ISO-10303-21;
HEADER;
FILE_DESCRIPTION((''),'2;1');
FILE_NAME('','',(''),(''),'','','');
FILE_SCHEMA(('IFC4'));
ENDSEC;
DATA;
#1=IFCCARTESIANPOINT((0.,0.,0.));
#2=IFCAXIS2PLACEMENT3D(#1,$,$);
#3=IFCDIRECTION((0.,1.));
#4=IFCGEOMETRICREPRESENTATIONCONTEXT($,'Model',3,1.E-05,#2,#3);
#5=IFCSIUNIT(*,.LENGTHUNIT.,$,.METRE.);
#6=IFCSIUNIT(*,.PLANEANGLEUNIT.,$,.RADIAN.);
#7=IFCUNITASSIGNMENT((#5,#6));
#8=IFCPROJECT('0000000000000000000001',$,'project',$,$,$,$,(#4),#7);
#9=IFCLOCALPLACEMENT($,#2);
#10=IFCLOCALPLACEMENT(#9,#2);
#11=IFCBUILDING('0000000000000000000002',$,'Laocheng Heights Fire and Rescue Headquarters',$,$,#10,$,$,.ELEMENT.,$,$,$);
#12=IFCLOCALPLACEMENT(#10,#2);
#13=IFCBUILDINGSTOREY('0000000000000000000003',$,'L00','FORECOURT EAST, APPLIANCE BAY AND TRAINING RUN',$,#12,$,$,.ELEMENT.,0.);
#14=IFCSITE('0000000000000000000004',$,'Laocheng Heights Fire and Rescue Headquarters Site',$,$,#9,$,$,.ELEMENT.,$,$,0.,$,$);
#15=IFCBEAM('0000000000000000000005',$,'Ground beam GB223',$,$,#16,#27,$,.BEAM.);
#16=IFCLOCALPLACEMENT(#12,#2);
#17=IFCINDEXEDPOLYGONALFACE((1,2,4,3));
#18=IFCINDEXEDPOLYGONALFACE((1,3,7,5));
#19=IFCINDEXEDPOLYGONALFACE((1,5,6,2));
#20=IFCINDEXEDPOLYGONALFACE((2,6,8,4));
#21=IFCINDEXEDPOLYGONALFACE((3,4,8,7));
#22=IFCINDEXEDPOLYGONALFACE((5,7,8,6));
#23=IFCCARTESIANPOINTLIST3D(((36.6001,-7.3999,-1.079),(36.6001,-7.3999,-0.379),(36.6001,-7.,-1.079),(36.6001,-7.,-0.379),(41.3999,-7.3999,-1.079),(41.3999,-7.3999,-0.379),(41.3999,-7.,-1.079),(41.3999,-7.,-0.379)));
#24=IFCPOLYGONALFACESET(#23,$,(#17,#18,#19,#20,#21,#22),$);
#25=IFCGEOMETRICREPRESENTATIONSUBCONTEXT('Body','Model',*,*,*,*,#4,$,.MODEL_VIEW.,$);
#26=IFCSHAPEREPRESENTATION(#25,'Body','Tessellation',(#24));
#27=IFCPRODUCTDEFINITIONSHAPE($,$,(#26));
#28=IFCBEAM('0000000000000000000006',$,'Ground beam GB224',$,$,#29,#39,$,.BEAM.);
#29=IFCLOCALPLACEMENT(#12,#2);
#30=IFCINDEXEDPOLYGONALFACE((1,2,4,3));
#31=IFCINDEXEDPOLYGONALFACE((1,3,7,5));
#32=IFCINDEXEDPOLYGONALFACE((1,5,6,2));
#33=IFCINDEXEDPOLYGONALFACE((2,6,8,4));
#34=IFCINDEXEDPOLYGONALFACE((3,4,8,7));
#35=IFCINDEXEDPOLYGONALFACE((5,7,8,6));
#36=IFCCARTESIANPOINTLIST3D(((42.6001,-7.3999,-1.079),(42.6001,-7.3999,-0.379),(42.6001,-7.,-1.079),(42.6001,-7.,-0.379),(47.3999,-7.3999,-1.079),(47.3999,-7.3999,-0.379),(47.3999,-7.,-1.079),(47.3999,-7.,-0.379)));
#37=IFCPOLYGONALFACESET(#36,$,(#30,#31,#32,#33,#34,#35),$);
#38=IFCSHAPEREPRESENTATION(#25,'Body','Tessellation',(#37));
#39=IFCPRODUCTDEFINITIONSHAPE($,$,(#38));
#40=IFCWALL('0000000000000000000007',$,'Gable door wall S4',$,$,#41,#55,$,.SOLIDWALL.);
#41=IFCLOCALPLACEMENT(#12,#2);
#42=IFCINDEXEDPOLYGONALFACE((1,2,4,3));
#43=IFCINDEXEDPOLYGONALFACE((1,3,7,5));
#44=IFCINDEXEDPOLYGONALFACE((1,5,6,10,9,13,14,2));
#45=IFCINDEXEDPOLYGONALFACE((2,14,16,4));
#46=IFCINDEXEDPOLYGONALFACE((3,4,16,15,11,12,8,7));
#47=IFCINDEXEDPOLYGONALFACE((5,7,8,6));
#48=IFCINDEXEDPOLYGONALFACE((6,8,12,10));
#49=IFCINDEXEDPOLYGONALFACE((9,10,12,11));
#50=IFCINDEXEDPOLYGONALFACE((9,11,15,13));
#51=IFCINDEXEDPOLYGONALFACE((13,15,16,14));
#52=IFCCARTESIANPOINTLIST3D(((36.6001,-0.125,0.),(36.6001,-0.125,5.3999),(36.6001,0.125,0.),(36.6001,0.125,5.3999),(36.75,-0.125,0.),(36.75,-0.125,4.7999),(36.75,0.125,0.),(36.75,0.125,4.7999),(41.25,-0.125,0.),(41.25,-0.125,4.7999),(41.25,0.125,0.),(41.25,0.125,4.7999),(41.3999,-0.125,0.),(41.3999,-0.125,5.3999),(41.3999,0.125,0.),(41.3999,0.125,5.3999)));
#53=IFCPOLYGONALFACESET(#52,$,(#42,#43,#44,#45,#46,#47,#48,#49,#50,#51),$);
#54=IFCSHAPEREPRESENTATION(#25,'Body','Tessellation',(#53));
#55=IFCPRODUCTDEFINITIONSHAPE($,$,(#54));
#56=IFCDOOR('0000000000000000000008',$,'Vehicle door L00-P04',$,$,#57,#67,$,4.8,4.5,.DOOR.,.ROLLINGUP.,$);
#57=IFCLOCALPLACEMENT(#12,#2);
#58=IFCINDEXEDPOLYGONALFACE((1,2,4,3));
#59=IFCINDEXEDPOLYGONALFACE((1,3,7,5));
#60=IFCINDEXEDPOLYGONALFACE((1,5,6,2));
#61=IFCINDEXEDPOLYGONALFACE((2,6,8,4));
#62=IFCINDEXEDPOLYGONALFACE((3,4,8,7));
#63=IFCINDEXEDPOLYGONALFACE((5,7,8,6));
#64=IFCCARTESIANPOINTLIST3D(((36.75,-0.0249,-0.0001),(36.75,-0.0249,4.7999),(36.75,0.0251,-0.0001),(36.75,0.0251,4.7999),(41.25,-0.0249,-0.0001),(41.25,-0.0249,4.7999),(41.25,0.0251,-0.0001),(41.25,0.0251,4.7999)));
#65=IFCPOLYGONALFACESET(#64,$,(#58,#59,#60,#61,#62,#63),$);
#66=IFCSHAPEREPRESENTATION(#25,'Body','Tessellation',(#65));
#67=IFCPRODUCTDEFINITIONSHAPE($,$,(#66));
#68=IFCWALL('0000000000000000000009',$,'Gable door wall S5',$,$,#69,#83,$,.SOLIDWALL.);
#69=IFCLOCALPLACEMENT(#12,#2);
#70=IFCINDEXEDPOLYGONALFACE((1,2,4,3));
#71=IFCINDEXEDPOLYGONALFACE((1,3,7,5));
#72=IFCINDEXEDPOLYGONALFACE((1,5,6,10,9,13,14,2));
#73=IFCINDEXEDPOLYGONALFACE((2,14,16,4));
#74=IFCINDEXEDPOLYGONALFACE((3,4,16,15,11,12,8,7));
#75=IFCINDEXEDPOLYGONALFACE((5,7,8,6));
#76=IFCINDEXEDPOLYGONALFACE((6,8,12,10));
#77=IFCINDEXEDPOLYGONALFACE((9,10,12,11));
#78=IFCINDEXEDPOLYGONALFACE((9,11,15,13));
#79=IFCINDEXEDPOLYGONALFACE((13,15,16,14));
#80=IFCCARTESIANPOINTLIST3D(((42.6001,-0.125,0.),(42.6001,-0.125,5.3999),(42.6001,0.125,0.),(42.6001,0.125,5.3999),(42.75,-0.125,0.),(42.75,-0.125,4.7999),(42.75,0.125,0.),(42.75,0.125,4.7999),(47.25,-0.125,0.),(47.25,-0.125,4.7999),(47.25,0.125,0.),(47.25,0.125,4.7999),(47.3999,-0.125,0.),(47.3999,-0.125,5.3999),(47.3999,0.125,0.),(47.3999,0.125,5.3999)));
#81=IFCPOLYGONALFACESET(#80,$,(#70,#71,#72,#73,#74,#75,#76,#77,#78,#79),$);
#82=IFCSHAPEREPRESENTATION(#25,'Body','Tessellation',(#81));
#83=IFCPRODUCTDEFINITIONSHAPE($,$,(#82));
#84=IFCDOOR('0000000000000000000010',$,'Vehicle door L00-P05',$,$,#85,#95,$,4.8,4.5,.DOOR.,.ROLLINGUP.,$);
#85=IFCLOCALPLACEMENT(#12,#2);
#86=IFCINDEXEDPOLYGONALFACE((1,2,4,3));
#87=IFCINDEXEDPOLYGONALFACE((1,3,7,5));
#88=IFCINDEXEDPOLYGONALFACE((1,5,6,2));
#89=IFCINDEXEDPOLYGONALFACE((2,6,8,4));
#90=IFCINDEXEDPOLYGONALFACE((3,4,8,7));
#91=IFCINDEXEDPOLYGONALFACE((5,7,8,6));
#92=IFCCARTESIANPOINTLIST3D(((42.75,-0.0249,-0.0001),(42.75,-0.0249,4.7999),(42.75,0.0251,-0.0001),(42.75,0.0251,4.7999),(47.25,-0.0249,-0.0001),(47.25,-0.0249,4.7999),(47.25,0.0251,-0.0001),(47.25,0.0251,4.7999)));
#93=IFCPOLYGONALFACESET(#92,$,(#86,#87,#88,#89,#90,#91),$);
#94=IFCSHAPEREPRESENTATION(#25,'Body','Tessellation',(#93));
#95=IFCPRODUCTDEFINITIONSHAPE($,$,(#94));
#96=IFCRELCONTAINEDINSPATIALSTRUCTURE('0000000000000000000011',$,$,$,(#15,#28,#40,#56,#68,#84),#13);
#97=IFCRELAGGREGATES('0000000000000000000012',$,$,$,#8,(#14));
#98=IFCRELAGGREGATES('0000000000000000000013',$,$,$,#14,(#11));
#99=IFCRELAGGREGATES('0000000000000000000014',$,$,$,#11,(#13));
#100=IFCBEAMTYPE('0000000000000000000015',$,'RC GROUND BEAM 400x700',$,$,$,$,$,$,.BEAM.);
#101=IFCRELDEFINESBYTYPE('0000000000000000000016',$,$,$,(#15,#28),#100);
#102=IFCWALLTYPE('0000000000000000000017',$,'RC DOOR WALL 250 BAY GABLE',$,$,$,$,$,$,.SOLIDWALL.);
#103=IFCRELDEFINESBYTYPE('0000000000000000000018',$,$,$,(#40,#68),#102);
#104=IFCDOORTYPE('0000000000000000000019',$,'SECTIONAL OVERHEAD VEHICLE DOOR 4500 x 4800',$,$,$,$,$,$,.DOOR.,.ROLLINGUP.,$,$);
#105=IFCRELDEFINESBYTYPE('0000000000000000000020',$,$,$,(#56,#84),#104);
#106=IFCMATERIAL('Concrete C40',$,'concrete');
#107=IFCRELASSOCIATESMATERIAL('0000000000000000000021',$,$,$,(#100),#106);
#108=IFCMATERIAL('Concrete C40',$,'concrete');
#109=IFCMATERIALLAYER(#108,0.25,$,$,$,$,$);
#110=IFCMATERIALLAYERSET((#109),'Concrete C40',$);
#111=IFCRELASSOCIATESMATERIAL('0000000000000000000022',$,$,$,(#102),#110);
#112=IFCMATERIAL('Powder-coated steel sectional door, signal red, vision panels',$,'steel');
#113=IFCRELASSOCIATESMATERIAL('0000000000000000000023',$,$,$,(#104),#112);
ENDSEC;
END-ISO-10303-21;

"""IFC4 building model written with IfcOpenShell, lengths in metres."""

from ifc_helpers import new_model, si_unit, direction, frame, frame_2d, origin, origin_2d, place, context, subcontext, project, spatial, rectangle, extrude, material, layer, layer_set, material_profile, profile_set, type_object, element, fill, save


model = new_model("IFC4")

# Units and contexts
model_context = context("Model", 3, precision=1e-05, world=origin(), true_north=direction((0.0, 1.0)))
body_context = subcontext(model_context, "Body", "Model", "MODEL_VIEW")
ifc_project = project(units=[si_unit("LENGTHUNIT", "METRE"), si_unit("PLANEANGLEUNIT", "RADIAN")], contexts=[model_context])

# Site, building, storey
site_placement = place(None, origin())
site = spatial("IfcSite", under=ifc_project, at=site_placement, Name="Laocheng Heights Fire and Rescue Headquarters Site", CompositionType="ELEMENT", RefElevation=0.0)
building_placement = place(site_placement, origin())
building = spatial("IfcBuilding", under=site, at=building_placement, Name="Laocheng Heights Fire and Rescue Headquarters", CompositionType="ELEMENT")
storey_placement = place(building_placement, origin())
storey = spatial("IfcBuildingStorey", under=building, at=storey_placement, Name="L00", Description="FORECOURT EAST, APPLIANCE BAY AND TRAINING RUN", CompositionType="ELEMENT", Elevation=0.0)

# Beams
ifc_material_1 = material(Name="Concrete C40", Category="concrete")
ifc_material_profile_1 = material_profile(ifc_material_1, rectangle(XDim=0.3999, YDim=0.7, at=origin_2d()), Name="RC GROUND BEAM 400x700")
ifc_profile_set_1 = profile_set([ifc_material_profile_1], Name="Concrete C40")
beam_type_1 = type_object("IfcBeamType", Name="RC GROUND BEAM 400x700", PredefinedType="BEAM", material=ifc_profile_set_1)
for number, where, z_axis, x_axis, name in (
    (1, (36.6001, -7.2, -0.729), (1.0, 0.0, 0.0), (0.0, 1.0, 0.0), "Ground beam GB223"),
    (2, (42.6001, -7.2, -0.729), (1.0, 0.0, 0.0), (0.0, 1.0, 0.0), "Ground beam GB224"),
):
    element("IfcBeam", number, at=place(storey_placement, frame(where, z_axis=z_axis, x_axis=x_axis)), inside=storey, type_object=beam_type_1, Name=name, PredefinedType="BEAM", context=body_context, shape_type="SweptSolid", body=[
        extrude(rectangle(XDim=0.3999, YDim=0.7, at=origin_2d()), origin(), (0.0, 0.0, 1.0), 4.7998),
    ])

# Walls, openings, doors
ifc_material_2 = material(Name="Concrete C40", Category="concrete")
ifc_layer = layer(ifc_material_2, 0.25)
ifc_layer_set = layer_set([ifc_layer], Name="Concrete C40")
wall_type = type_object("IfcWallType", Name="RC DOOR WALL 250 BAY GABLE", PredefinedType="SOLIDWALL", material=ifc_layer_set)
wall_1_placement = place(storey_placement, frame((36.6001, 0.0, 0.0), z_axis=(0.0, 0.0, 1.0), x_axis=(1.0, 0.0, 0.0)))
wall_1 = element("IfcWall", 3, at=wall_1_placement, inside=storey, type_object=wall_type, Name="Gable door wall S4", PredefinedType="SOLIDWALL", context=body_context, shape_type="SweptSolid", body=[
    extrude(rectangle(XDim=4.7998, YDim=0.25, at=frame_2d((2.3999, 0.0))), origin(), (0.0, 0.0, 1.0), 5.3999),
])
opening_1_placement = place(wall_1_placement, frame((0.1499, 0.0, 0.0)))
opening_1 = element("IfcOpeningElement", 4, at=opening_1_placement, cuts=wall_1, PredefinedType="OPENING", context=body_context, shape_type="SweptSolid", body=[
    extrude(rectangle(XDim=4.5, YDim=4.8, at=frame_2d((2.25, 2.3999))), frame((0.0, 0.135, 0.0), z_axis=(0.0, -1.0, 0.0), x_axis=(1.0, 0.0, 0.0)), (0.0, 0.0, 1.0), 0.27),
])
ifc_material_3 = material(Name="Powder-coated steel sectional door, signal red, vision panels", Category="steel")
door_type = type_object("IfcDoorType", Name="SECTIONAL OVERHEAD VEHICLE DOOR 4500 x 4800", OperationType="ROLLINGUP", PredefinedType="DOOR", material=ifc_material_3)
door_1_placement = place(opening_1_placement, frame((4.5, 0.0, 0.0), z_axis=(0.0, 0.0, 1.0), x_axis=(-1.0, 0.0, 0.0)))
door_1 = element("IfcDoor", 5, at=door_1_placement, inside=storey, type_object=door_type, Name="Vehicle door L00-P04", OperationType="ROLLINGUP", OverallHeight=4.8, OverallWidth=4.5, PredefinedType="DOOR", context=body_context, shape_type="SweptSolid", body=[
    extrude(rectangle(XDim=4.5, YDim=4.8, at=frame_2d((2.25, 2.3999))), frame((0.0, 0.0249, 0.0), z_axis=(0.0, -1.0, 0.0), x_axis=(1.0, 0.0, 0.0)), (0.0, 0.0, 1.0), 0.05),
])
fill(opening_1, door_1)
wall_2_placement = place(storey_placement, frame((42.6001, 0.0, 0.0), z_axis=(0.0, 0.0, 1.0), x_axis=(1.0, 0.0, 0.0)))
wall_2 = element("IfcWall", 6, at=wall_2_placement, inside=storey, type_object=wall_type, Name="Gable door wall S5", PredefinedType="SOLIDWALL", context=body_context, shape_type="SweptSolid", body=[
    extrude(rectangle(XDim=4.7998, YDim=0.25, at=frame_2d((2.3999, 0.0))), origin(), (0.0, 0.0, 1.0), 5.3999),
])
opening_2_placement = place(wall_2_placement, frame((0.1499, 0.0, 0.0)))
opening_2 = element("IfcOpeningElement", 7, at=opening_2_placement, cuts=wall_2, PredefinedType="OPENING", context=body_context, shape_type="SweptSolid", body=[
    extrude(rectangle(XDim=4.5, YDim=4.8, at=frame_2d((2.25, 2.3999))), frame((0.0, 0.135, 0.0), z_axis=(0.0, -1.0, 0.0), x_axis=(1.0, 0.0, 0.0)), (0.0, 0.0, 1.0), 0.27),
])
door_2_placement = place(opening_2_placement, frame((4.5, 0.0, 0.0), z_axis=(0.0, 0.0, 1.0), x_axis=(-1.0, 0.0, 0.0)))
door_2 = element("IfcDoor", 8, at=door_2_placement, inside=storey, type_object=door_type, Name="Vehicle door L00-P05", OperationType="ROLLINGUP", OverallHeight=4.8, OverallWidth=4.5, PredefinedType="DOOR", context=body_context, shape_type="SweptSolid", body=[
    extrude(rectangle(XDim=4.5, YDim=4.8, at=frame_2d((2.25, 2.3999))), frame((0.0, 0.0249, 0.0), z_axis=(0.0, -1.0, 0.0), x_axis=(1.0, 0.0, 0.0)), (0.0, 0.0, 1.0), 0.05),
])
fill(opening_2, door_2)

save(model, "model.ifc")
